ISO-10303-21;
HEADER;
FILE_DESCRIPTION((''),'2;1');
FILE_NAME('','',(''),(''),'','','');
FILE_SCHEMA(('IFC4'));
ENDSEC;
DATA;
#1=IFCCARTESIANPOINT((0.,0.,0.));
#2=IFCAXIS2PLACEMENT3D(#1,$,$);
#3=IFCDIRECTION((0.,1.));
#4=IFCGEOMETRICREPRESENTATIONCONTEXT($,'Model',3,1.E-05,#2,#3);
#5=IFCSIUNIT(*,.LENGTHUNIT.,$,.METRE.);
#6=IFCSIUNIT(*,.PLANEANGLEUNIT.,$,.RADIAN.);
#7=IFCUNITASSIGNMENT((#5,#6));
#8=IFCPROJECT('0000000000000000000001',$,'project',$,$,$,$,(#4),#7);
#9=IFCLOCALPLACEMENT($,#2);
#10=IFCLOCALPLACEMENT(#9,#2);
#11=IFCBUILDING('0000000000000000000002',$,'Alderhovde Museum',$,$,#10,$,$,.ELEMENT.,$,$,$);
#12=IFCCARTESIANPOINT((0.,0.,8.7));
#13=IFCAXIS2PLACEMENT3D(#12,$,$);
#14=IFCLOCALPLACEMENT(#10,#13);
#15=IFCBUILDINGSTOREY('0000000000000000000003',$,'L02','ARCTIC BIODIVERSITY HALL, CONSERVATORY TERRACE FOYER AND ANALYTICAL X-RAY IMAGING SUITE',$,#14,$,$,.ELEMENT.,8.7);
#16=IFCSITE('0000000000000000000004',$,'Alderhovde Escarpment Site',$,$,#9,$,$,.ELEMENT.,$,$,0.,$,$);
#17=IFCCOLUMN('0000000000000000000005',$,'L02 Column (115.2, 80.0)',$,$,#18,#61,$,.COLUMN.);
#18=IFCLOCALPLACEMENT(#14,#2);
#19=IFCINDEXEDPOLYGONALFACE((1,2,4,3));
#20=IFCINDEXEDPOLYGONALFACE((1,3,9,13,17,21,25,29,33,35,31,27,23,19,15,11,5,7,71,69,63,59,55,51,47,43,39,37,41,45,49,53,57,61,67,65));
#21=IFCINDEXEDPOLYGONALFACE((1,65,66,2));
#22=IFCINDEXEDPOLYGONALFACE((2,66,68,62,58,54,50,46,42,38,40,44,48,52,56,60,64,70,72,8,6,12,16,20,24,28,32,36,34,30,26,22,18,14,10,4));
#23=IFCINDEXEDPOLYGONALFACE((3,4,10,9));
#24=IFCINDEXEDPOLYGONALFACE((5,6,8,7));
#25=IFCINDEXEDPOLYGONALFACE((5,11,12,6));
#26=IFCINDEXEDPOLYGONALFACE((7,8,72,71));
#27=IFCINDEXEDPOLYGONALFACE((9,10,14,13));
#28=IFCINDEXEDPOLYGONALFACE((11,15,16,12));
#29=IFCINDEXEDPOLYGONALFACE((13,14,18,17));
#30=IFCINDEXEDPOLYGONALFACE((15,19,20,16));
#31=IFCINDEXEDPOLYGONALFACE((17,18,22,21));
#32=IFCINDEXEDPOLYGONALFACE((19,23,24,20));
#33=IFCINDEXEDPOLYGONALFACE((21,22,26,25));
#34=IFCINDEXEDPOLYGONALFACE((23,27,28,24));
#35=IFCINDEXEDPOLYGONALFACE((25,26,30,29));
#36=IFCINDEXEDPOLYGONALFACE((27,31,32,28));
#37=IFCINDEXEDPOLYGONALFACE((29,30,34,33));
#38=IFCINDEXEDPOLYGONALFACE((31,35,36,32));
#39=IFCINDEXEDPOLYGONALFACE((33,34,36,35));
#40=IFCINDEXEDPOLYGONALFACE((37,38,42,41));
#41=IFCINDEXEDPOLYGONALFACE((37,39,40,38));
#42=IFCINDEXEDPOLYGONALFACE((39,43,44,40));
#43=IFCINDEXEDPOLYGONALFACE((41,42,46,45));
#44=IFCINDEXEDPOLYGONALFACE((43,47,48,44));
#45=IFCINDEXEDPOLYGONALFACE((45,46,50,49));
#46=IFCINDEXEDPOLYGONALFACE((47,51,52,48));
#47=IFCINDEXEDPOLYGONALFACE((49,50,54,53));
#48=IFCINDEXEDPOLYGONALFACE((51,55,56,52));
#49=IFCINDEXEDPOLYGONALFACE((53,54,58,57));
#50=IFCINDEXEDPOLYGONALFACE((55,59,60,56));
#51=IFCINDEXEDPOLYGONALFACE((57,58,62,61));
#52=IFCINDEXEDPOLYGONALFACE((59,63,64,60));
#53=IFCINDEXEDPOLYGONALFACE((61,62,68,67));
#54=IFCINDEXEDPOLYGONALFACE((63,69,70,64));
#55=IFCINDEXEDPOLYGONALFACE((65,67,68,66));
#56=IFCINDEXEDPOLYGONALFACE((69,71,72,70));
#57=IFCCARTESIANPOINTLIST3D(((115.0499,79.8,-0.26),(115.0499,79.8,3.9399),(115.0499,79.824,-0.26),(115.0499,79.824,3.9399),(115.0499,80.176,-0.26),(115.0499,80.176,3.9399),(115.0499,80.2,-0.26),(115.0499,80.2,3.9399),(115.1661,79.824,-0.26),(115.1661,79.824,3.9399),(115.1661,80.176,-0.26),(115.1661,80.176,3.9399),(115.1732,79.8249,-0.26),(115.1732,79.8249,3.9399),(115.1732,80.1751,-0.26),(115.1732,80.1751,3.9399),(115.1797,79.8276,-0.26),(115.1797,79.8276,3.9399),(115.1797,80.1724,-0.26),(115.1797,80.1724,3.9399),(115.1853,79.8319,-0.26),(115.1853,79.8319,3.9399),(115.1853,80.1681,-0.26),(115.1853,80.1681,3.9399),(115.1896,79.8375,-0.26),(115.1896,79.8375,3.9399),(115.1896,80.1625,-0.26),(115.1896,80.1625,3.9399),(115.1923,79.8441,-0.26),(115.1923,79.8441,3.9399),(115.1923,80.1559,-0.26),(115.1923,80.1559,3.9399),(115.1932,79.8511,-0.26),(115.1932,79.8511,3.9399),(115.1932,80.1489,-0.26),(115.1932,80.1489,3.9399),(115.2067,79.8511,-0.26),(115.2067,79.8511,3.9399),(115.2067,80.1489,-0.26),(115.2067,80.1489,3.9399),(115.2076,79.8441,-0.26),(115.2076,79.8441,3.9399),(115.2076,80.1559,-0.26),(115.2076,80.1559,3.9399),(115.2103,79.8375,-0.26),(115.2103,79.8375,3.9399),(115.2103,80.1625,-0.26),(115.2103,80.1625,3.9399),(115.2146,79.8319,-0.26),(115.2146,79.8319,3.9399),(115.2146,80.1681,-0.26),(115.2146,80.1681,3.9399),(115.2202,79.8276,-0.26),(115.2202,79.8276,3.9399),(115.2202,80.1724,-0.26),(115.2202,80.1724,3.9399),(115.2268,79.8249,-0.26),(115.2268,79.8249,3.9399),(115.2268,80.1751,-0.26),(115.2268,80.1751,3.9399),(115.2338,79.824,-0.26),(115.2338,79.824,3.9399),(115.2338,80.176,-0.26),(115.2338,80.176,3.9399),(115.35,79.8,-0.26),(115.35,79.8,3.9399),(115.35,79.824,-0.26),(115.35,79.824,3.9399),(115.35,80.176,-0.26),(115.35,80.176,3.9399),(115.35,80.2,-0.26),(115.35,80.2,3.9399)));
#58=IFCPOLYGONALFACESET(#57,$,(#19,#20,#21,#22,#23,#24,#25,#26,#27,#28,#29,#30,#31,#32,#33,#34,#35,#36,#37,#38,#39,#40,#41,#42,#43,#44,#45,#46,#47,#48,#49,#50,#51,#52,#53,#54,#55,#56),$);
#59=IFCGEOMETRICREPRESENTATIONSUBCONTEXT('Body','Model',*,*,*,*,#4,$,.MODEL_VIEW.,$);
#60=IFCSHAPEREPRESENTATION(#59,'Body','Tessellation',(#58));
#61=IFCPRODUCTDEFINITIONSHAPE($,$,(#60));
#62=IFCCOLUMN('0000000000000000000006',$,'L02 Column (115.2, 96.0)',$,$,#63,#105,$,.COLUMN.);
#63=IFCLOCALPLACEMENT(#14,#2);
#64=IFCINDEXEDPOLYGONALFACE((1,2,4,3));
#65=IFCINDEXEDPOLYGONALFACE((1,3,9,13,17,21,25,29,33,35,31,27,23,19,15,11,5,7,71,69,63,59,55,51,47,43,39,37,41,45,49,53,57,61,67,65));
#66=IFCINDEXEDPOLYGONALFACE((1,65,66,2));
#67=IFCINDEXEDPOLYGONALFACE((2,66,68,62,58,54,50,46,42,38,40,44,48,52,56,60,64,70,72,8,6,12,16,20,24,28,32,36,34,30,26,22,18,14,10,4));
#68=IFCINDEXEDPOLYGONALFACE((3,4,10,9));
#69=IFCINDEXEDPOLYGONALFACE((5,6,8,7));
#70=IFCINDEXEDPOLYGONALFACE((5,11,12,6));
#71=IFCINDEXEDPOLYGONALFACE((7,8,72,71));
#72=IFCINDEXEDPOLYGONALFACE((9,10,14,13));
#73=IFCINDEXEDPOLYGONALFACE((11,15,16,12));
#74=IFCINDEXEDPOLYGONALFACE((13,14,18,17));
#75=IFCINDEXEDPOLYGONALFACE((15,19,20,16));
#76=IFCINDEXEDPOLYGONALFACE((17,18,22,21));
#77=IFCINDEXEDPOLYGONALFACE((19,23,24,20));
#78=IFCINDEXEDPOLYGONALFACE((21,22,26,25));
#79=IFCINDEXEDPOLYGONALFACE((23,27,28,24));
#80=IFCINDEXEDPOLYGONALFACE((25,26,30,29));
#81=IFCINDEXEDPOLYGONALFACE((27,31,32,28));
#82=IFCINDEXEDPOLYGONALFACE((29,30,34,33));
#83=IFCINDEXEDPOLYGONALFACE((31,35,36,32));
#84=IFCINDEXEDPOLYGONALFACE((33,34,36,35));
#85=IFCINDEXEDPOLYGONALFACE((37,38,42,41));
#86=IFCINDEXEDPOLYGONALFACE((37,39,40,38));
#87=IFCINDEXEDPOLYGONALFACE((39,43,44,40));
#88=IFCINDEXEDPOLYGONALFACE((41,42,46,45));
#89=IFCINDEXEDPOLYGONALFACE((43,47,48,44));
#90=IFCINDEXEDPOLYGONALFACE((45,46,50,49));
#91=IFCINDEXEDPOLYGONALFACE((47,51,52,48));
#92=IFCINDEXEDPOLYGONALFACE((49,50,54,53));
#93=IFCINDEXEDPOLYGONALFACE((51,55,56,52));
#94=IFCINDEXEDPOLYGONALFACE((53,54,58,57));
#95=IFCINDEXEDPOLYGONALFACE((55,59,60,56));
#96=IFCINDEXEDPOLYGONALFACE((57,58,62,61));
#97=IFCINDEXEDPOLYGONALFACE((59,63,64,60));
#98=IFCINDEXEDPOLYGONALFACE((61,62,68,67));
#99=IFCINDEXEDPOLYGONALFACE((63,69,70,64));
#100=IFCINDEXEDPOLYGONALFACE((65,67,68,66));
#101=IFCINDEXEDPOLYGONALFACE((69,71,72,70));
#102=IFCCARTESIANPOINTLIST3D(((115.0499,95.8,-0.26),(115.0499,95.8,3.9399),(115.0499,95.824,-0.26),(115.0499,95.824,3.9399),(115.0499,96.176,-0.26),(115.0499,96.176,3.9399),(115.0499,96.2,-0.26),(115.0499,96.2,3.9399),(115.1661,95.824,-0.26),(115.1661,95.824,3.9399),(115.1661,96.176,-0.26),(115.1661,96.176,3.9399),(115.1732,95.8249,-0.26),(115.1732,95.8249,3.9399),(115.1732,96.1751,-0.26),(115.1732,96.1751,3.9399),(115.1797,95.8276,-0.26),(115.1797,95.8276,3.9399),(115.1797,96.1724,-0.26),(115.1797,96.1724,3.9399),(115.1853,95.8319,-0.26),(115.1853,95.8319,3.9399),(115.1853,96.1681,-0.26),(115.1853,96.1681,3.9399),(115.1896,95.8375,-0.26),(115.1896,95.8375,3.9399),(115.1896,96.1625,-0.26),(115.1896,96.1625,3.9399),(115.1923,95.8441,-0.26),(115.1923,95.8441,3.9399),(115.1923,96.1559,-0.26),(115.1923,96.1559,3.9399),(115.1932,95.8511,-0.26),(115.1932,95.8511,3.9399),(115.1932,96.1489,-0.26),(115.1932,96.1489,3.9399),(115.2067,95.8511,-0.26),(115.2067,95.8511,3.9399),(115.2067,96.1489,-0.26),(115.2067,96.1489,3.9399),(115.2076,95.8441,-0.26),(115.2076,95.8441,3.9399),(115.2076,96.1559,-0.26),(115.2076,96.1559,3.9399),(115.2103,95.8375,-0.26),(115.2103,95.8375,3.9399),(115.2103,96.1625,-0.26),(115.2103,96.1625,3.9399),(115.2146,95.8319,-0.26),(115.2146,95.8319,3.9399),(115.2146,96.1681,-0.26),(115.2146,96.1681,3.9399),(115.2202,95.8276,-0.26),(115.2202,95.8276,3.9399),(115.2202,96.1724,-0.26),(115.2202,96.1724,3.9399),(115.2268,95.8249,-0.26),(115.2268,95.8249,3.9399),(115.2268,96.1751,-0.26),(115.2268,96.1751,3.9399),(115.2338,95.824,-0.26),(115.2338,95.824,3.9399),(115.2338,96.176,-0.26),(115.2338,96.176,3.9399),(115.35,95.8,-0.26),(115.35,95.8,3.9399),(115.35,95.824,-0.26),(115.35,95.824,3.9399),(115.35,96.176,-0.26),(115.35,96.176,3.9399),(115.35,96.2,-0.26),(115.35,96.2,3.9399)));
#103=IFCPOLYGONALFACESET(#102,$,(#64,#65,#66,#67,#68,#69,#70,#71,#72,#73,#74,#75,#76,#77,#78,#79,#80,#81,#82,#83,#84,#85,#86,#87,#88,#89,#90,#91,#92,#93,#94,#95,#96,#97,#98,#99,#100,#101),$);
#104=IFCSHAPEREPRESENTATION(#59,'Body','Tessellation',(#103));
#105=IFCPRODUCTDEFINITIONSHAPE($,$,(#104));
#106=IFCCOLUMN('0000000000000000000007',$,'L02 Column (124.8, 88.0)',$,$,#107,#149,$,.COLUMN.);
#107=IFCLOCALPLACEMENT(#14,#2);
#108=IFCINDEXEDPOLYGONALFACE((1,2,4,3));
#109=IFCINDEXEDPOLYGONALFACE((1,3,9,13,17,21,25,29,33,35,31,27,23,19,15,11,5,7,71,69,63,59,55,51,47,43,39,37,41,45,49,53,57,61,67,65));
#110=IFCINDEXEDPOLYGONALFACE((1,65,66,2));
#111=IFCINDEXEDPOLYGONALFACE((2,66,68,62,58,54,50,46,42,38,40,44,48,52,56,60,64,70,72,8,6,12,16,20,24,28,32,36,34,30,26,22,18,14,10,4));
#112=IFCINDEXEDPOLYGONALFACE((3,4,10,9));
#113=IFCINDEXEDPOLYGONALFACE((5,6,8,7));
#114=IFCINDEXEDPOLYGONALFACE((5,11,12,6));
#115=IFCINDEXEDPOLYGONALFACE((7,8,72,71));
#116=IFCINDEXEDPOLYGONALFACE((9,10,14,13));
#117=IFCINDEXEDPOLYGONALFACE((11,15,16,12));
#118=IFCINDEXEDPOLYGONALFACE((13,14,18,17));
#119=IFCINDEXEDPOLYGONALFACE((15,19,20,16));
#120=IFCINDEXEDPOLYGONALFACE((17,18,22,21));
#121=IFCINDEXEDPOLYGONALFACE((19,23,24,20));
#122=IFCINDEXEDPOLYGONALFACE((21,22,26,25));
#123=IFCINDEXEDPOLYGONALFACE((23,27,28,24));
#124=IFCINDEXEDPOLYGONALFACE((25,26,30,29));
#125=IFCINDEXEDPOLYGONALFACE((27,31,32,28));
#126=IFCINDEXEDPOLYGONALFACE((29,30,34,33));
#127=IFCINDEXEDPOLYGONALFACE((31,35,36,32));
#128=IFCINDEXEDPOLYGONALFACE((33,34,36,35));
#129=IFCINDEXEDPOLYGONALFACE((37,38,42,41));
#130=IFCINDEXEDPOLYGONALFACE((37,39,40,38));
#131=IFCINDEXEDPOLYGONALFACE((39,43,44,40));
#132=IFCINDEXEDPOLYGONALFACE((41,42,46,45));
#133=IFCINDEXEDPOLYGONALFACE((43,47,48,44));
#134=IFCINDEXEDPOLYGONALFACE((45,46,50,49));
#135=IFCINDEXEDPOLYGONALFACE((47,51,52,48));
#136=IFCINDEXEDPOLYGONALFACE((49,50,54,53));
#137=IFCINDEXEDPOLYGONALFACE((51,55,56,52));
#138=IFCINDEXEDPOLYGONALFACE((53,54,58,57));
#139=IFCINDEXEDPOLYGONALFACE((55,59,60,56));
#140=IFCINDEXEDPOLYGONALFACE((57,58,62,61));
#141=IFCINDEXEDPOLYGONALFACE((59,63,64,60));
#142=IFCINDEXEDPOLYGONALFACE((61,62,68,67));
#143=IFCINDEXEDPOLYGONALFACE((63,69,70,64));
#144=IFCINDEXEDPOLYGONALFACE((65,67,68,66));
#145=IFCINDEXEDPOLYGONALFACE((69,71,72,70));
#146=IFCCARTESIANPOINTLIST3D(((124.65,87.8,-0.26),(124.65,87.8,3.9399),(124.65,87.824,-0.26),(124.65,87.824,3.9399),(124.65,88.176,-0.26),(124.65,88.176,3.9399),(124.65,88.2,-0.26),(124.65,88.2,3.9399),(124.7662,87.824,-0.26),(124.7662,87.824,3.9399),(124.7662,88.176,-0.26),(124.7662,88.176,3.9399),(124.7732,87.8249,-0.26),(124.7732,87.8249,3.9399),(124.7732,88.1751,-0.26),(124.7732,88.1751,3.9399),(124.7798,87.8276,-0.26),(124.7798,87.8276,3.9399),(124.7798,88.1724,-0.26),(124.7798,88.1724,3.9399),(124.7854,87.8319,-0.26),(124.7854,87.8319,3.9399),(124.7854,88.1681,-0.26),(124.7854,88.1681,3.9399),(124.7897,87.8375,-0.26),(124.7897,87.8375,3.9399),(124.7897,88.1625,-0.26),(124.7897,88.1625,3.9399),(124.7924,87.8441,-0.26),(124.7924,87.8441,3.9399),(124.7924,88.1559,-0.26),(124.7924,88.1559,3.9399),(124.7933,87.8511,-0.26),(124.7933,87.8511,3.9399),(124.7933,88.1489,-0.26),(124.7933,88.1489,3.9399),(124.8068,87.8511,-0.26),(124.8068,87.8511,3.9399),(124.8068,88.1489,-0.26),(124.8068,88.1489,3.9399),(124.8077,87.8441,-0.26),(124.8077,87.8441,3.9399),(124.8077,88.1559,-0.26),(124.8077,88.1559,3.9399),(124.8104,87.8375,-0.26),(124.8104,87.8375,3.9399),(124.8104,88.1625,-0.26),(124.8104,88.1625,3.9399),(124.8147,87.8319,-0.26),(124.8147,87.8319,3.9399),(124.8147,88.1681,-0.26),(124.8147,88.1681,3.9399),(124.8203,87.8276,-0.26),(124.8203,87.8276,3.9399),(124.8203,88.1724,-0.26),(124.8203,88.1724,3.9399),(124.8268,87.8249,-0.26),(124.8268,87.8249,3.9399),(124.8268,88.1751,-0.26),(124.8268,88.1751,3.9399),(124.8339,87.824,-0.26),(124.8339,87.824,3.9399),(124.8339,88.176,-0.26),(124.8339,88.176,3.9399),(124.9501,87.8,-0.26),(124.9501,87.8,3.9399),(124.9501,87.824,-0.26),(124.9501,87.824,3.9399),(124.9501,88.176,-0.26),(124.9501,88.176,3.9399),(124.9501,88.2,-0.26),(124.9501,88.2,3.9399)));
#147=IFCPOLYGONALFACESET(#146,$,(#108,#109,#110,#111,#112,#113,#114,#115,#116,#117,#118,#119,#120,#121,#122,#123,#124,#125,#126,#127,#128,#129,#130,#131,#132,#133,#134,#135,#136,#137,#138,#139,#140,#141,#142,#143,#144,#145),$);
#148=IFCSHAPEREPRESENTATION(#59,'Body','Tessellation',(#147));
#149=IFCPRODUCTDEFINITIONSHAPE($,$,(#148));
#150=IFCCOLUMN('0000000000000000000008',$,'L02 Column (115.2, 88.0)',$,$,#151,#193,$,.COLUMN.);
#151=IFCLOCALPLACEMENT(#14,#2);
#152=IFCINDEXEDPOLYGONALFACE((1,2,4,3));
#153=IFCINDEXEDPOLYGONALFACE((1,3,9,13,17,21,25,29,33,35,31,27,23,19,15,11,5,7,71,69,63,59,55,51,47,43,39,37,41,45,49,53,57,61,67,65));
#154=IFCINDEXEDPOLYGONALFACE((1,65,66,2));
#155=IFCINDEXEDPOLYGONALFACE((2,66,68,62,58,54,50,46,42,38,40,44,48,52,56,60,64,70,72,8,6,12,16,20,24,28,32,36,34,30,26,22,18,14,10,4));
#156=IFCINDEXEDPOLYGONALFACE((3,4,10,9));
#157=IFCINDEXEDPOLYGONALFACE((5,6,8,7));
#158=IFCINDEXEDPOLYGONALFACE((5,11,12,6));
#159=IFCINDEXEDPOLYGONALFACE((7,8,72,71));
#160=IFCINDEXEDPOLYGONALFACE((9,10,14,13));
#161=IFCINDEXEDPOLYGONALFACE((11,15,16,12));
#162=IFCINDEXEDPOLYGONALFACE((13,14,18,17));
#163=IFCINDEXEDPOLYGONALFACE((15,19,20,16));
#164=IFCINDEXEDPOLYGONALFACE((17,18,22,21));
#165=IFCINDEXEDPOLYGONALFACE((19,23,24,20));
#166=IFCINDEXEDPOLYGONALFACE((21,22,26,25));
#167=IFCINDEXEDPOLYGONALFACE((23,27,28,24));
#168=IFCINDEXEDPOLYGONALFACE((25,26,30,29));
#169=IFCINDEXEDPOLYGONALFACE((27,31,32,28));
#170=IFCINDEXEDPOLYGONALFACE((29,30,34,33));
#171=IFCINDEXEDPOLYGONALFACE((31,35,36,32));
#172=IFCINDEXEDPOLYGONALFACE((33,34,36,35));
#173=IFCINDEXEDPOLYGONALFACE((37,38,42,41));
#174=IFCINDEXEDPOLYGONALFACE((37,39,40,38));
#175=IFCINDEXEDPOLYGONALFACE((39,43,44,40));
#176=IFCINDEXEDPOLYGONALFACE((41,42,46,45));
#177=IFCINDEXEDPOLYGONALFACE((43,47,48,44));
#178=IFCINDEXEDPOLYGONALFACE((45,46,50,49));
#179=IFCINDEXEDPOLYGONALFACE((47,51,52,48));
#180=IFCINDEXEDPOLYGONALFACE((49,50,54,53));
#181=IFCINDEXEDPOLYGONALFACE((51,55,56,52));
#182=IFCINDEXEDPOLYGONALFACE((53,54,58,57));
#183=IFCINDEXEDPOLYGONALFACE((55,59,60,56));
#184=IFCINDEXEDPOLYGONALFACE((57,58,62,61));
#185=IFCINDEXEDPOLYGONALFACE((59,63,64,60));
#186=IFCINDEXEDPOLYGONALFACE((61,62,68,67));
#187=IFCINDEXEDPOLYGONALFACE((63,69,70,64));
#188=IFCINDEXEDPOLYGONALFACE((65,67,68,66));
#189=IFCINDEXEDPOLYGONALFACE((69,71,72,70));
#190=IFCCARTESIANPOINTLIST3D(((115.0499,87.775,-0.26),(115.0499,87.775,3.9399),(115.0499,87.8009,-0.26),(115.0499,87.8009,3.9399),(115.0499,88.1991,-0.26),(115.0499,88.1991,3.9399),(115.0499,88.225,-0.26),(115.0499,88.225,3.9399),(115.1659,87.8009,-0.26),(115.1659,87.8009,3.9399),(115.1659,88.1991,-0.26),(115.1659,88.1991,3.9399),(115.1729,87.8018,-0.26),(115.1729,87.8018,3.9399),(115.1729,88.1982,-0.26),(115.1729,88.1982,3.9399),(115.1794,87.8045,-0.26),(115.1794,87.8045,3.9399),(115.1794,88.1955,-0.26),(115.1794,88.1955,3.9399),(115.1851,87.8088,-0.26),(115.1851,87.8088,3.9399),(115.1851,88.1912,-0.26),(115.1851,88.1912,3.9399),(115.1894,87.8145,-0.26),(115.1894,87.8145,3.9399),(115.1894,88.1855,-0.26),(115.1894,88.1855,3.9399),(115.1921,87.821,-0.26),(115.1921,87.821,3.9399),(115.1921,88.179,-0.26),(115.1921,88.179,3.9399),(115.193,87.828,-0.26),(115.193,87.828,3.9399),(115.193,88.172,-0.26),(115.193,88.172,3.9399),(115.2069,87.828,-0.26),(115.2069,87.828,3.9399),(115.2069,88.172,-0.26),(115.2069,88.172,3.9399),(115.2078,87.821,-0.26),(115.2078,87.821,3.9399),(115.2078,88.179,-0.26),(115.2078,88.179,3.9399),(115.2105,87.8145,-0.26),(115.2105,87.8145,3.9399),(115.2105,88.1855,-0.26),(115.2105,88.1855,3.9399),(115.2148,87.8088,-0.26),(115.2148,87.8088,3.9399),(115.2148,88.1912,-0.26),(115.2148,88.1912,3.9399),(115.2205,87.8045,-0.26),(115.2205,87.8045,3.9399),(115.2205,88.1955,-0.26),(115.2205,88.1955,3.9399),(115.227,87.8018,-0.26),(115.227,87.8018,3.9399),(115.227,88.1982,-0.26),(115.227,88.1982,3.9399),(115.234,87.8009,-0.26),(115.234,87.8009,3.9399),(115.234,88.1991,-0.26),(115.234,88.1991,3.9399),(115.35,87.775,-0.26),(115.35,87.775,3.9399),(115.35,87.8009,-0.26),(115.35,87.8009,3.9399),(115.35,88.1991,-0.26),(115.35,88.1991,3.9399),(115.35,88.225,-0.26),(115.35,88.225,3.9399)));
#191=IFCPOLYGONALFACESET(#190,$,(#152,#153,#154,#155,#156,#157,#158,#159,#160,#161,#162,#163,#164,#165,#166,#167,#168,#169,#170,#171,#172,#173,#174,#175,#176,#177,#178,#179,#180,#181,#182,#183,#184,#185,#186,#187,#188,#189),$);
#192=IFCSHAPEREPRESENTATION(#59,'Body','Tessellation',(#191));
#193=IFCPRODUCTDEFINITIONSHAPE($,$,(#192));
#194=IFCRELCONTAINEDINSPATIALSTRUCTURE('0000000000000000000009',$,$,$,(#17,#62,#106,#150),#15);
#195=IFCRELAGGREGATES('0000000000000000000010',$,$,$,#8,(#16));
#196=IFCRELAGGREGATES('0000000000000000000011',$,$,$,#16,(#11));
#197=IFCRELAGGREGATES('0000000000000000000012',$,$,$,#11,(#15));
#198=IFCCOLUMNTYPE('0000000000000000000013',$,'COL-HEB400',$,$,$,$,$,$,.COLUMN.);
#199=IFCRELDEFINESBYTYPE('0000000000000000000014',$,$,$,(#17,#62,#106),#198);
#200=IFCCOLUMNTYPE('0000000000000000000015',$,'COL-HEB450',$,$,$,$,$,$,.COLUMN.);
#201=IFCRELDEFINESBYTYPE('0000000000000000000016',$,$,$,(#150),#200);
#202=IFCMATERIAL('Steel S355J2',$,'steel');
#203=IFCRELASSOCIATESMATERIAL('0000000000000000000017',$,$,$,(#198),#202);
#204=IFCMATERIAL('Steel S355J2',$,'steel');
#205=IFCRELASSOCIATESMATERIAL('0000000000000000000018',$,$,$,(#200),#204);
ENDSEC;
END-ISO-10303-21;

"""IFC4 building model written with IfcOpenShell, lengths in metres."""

from ifc_helpers import new_model, si_unit, direction, frame, origin, origin_2d, place, context, subcontext, project, spatial, i_section, extrude, material, material_profile, profile_set, type_object, element, save


model = new_model("IFC4")

# Units and contexts
model_context = context("Model", 3, precision=1e-05, world=origin(), true_north=direction((0.0, 1.0)))
body_context = subcontext(model_context, "Body", "Model", "MODEL_VIEW")
ifc_project = project(units=[si_unit("LENGTHUNIT", "METRE"), si_unit("PLANEANGLEUNIT", "RADIAN")], contexts=[model_context])

# Site, building, storey
site_placement = place(None, origin())
site = spatial("IfcSite", under=ifc_project, at=site_placement, Name="Alderhovde Escarpment Site", CompositionType="ELEMENT", RefElevation=0.0)
building_placement = place(site_placement, origin())
building = spatial("IfcBuilding", under=site, at=building_placement, Name="Alderhovde Museum", CompositionType="ELEMENT")
storey_placement = place(building_placement, frame((0.0, 0.0, 8.7)))
storey = spatial("IfcBuildingStorey", under=building, at=storey_placement, Name="L02", Description="ARCTIC BIODIVERSITY HALL, CONSERVATORY TERRACE FOYER AND ANALYTICAL X-RAY IMAGING SUITE", CompositionType="ELEMENT", Elevation=8.7)

# Columns
ifc_material_1 = material(Name="Steel S355J2", Category="steel")
ifc_material_profile_1 = material_profile(ifc_material_1, i_section(OverallWidth=0.3, OverallDepth=0.3999, WebThickness=0.0134, FlangeThickness=0.0239, FilletRadius=0.0271, at=origin_2d()), Name="HEB 400")
ifc_profile_set_1 = profile_set([ifc_material_profile_1], Name="Steel S355J2")
column_type_1 = type_object("IfcColumnType", Name="COL-HEB400", PredefinedType="COLUMN", material=ifc_profile_set_1)
for number, where, z_axis, x_axis, name in (
    (1, (115.2, 80.0, -0.26), (0.0, 0.0, 1.0), (1.0, 0.0, 0.0), "L02 Column (115.2, 80.0)"),
    (2, (115.2, 96.0, -0.26), (0.0, 0.0, 1.0), (1.0, 0.0, 0.0), "L02 Column (115.2, 96.0)"),
    (3, (124.8, 88.0, -0.26), (0.0, 0.0, 1.0), (1.0, 0.0, 0.0), "L02 Column (124.8, 88.0)"),
):
    element("IfcColumn", number, at=place(storey_placement, frame(where, z_axis=z_axis, x_axis=x_axis)), inside=storey, type_object=column_type_1, Name=name, PredefinedType="COLUMN", context=body_context, shape_type="SweptSolid", body=[
        extrude(i_section(OverallWidth=0.3, OverallDepth=0.3999, WebThickness=0.0134, FlangeThickness=0.0239, FilletRadius=0.0271, at=origin_2d()), origin(), (0.0, 0.0, 1.0), 4.2),
    ])
ifc_material_2 = material(Name="Steel S355J2", Category="steel")
ifc_material_profile_2 = material_profile(ifc_material_2, i_section(OverallWidth=0.3, OverallDepth=0.45, WebThickness=0.0139, FlangeThickness=0.0259, FilletRadius=0.0271, at=origin_2d()), Name="HEB 450")
ifc_profile_set_2 = profile_set([ifc_material_profile_2], Name="Steel S355J2")
column_type_2 = type_object("IfcColumnType", Name="COL-HEB450", PredefinedType="COLUMN", material=ifc_profile_set_2)
for number, where, z_axis, x_axis, name in (
    (4, (115.2, 88.0, -0.26), (0.0, 0.0, 1.0), (1.0, 0.0, 0.0), "L02 Column (115.2, 88.0)"),
):
    element("IfcColumn", number, at=place(storey_placement, frame(where, z_axis=z_axis, x_axis=x_axis)), inside=storey, type_object=column_type_2, Name=name, PredefinedType="COLUMN", context=body_context, shape_type="SweptSolid", body=[
        extrude(i_section(OverallWidth=0.3, OverallDepth=0.45, WebThickness=0.0139, FlangeThickness=0.0259, FilletRadius=0.0271, at=origin_2d()), origin(), (0.0, 0.0, 1.0), 4.2),
    ])

save(model, "model.ifc")
